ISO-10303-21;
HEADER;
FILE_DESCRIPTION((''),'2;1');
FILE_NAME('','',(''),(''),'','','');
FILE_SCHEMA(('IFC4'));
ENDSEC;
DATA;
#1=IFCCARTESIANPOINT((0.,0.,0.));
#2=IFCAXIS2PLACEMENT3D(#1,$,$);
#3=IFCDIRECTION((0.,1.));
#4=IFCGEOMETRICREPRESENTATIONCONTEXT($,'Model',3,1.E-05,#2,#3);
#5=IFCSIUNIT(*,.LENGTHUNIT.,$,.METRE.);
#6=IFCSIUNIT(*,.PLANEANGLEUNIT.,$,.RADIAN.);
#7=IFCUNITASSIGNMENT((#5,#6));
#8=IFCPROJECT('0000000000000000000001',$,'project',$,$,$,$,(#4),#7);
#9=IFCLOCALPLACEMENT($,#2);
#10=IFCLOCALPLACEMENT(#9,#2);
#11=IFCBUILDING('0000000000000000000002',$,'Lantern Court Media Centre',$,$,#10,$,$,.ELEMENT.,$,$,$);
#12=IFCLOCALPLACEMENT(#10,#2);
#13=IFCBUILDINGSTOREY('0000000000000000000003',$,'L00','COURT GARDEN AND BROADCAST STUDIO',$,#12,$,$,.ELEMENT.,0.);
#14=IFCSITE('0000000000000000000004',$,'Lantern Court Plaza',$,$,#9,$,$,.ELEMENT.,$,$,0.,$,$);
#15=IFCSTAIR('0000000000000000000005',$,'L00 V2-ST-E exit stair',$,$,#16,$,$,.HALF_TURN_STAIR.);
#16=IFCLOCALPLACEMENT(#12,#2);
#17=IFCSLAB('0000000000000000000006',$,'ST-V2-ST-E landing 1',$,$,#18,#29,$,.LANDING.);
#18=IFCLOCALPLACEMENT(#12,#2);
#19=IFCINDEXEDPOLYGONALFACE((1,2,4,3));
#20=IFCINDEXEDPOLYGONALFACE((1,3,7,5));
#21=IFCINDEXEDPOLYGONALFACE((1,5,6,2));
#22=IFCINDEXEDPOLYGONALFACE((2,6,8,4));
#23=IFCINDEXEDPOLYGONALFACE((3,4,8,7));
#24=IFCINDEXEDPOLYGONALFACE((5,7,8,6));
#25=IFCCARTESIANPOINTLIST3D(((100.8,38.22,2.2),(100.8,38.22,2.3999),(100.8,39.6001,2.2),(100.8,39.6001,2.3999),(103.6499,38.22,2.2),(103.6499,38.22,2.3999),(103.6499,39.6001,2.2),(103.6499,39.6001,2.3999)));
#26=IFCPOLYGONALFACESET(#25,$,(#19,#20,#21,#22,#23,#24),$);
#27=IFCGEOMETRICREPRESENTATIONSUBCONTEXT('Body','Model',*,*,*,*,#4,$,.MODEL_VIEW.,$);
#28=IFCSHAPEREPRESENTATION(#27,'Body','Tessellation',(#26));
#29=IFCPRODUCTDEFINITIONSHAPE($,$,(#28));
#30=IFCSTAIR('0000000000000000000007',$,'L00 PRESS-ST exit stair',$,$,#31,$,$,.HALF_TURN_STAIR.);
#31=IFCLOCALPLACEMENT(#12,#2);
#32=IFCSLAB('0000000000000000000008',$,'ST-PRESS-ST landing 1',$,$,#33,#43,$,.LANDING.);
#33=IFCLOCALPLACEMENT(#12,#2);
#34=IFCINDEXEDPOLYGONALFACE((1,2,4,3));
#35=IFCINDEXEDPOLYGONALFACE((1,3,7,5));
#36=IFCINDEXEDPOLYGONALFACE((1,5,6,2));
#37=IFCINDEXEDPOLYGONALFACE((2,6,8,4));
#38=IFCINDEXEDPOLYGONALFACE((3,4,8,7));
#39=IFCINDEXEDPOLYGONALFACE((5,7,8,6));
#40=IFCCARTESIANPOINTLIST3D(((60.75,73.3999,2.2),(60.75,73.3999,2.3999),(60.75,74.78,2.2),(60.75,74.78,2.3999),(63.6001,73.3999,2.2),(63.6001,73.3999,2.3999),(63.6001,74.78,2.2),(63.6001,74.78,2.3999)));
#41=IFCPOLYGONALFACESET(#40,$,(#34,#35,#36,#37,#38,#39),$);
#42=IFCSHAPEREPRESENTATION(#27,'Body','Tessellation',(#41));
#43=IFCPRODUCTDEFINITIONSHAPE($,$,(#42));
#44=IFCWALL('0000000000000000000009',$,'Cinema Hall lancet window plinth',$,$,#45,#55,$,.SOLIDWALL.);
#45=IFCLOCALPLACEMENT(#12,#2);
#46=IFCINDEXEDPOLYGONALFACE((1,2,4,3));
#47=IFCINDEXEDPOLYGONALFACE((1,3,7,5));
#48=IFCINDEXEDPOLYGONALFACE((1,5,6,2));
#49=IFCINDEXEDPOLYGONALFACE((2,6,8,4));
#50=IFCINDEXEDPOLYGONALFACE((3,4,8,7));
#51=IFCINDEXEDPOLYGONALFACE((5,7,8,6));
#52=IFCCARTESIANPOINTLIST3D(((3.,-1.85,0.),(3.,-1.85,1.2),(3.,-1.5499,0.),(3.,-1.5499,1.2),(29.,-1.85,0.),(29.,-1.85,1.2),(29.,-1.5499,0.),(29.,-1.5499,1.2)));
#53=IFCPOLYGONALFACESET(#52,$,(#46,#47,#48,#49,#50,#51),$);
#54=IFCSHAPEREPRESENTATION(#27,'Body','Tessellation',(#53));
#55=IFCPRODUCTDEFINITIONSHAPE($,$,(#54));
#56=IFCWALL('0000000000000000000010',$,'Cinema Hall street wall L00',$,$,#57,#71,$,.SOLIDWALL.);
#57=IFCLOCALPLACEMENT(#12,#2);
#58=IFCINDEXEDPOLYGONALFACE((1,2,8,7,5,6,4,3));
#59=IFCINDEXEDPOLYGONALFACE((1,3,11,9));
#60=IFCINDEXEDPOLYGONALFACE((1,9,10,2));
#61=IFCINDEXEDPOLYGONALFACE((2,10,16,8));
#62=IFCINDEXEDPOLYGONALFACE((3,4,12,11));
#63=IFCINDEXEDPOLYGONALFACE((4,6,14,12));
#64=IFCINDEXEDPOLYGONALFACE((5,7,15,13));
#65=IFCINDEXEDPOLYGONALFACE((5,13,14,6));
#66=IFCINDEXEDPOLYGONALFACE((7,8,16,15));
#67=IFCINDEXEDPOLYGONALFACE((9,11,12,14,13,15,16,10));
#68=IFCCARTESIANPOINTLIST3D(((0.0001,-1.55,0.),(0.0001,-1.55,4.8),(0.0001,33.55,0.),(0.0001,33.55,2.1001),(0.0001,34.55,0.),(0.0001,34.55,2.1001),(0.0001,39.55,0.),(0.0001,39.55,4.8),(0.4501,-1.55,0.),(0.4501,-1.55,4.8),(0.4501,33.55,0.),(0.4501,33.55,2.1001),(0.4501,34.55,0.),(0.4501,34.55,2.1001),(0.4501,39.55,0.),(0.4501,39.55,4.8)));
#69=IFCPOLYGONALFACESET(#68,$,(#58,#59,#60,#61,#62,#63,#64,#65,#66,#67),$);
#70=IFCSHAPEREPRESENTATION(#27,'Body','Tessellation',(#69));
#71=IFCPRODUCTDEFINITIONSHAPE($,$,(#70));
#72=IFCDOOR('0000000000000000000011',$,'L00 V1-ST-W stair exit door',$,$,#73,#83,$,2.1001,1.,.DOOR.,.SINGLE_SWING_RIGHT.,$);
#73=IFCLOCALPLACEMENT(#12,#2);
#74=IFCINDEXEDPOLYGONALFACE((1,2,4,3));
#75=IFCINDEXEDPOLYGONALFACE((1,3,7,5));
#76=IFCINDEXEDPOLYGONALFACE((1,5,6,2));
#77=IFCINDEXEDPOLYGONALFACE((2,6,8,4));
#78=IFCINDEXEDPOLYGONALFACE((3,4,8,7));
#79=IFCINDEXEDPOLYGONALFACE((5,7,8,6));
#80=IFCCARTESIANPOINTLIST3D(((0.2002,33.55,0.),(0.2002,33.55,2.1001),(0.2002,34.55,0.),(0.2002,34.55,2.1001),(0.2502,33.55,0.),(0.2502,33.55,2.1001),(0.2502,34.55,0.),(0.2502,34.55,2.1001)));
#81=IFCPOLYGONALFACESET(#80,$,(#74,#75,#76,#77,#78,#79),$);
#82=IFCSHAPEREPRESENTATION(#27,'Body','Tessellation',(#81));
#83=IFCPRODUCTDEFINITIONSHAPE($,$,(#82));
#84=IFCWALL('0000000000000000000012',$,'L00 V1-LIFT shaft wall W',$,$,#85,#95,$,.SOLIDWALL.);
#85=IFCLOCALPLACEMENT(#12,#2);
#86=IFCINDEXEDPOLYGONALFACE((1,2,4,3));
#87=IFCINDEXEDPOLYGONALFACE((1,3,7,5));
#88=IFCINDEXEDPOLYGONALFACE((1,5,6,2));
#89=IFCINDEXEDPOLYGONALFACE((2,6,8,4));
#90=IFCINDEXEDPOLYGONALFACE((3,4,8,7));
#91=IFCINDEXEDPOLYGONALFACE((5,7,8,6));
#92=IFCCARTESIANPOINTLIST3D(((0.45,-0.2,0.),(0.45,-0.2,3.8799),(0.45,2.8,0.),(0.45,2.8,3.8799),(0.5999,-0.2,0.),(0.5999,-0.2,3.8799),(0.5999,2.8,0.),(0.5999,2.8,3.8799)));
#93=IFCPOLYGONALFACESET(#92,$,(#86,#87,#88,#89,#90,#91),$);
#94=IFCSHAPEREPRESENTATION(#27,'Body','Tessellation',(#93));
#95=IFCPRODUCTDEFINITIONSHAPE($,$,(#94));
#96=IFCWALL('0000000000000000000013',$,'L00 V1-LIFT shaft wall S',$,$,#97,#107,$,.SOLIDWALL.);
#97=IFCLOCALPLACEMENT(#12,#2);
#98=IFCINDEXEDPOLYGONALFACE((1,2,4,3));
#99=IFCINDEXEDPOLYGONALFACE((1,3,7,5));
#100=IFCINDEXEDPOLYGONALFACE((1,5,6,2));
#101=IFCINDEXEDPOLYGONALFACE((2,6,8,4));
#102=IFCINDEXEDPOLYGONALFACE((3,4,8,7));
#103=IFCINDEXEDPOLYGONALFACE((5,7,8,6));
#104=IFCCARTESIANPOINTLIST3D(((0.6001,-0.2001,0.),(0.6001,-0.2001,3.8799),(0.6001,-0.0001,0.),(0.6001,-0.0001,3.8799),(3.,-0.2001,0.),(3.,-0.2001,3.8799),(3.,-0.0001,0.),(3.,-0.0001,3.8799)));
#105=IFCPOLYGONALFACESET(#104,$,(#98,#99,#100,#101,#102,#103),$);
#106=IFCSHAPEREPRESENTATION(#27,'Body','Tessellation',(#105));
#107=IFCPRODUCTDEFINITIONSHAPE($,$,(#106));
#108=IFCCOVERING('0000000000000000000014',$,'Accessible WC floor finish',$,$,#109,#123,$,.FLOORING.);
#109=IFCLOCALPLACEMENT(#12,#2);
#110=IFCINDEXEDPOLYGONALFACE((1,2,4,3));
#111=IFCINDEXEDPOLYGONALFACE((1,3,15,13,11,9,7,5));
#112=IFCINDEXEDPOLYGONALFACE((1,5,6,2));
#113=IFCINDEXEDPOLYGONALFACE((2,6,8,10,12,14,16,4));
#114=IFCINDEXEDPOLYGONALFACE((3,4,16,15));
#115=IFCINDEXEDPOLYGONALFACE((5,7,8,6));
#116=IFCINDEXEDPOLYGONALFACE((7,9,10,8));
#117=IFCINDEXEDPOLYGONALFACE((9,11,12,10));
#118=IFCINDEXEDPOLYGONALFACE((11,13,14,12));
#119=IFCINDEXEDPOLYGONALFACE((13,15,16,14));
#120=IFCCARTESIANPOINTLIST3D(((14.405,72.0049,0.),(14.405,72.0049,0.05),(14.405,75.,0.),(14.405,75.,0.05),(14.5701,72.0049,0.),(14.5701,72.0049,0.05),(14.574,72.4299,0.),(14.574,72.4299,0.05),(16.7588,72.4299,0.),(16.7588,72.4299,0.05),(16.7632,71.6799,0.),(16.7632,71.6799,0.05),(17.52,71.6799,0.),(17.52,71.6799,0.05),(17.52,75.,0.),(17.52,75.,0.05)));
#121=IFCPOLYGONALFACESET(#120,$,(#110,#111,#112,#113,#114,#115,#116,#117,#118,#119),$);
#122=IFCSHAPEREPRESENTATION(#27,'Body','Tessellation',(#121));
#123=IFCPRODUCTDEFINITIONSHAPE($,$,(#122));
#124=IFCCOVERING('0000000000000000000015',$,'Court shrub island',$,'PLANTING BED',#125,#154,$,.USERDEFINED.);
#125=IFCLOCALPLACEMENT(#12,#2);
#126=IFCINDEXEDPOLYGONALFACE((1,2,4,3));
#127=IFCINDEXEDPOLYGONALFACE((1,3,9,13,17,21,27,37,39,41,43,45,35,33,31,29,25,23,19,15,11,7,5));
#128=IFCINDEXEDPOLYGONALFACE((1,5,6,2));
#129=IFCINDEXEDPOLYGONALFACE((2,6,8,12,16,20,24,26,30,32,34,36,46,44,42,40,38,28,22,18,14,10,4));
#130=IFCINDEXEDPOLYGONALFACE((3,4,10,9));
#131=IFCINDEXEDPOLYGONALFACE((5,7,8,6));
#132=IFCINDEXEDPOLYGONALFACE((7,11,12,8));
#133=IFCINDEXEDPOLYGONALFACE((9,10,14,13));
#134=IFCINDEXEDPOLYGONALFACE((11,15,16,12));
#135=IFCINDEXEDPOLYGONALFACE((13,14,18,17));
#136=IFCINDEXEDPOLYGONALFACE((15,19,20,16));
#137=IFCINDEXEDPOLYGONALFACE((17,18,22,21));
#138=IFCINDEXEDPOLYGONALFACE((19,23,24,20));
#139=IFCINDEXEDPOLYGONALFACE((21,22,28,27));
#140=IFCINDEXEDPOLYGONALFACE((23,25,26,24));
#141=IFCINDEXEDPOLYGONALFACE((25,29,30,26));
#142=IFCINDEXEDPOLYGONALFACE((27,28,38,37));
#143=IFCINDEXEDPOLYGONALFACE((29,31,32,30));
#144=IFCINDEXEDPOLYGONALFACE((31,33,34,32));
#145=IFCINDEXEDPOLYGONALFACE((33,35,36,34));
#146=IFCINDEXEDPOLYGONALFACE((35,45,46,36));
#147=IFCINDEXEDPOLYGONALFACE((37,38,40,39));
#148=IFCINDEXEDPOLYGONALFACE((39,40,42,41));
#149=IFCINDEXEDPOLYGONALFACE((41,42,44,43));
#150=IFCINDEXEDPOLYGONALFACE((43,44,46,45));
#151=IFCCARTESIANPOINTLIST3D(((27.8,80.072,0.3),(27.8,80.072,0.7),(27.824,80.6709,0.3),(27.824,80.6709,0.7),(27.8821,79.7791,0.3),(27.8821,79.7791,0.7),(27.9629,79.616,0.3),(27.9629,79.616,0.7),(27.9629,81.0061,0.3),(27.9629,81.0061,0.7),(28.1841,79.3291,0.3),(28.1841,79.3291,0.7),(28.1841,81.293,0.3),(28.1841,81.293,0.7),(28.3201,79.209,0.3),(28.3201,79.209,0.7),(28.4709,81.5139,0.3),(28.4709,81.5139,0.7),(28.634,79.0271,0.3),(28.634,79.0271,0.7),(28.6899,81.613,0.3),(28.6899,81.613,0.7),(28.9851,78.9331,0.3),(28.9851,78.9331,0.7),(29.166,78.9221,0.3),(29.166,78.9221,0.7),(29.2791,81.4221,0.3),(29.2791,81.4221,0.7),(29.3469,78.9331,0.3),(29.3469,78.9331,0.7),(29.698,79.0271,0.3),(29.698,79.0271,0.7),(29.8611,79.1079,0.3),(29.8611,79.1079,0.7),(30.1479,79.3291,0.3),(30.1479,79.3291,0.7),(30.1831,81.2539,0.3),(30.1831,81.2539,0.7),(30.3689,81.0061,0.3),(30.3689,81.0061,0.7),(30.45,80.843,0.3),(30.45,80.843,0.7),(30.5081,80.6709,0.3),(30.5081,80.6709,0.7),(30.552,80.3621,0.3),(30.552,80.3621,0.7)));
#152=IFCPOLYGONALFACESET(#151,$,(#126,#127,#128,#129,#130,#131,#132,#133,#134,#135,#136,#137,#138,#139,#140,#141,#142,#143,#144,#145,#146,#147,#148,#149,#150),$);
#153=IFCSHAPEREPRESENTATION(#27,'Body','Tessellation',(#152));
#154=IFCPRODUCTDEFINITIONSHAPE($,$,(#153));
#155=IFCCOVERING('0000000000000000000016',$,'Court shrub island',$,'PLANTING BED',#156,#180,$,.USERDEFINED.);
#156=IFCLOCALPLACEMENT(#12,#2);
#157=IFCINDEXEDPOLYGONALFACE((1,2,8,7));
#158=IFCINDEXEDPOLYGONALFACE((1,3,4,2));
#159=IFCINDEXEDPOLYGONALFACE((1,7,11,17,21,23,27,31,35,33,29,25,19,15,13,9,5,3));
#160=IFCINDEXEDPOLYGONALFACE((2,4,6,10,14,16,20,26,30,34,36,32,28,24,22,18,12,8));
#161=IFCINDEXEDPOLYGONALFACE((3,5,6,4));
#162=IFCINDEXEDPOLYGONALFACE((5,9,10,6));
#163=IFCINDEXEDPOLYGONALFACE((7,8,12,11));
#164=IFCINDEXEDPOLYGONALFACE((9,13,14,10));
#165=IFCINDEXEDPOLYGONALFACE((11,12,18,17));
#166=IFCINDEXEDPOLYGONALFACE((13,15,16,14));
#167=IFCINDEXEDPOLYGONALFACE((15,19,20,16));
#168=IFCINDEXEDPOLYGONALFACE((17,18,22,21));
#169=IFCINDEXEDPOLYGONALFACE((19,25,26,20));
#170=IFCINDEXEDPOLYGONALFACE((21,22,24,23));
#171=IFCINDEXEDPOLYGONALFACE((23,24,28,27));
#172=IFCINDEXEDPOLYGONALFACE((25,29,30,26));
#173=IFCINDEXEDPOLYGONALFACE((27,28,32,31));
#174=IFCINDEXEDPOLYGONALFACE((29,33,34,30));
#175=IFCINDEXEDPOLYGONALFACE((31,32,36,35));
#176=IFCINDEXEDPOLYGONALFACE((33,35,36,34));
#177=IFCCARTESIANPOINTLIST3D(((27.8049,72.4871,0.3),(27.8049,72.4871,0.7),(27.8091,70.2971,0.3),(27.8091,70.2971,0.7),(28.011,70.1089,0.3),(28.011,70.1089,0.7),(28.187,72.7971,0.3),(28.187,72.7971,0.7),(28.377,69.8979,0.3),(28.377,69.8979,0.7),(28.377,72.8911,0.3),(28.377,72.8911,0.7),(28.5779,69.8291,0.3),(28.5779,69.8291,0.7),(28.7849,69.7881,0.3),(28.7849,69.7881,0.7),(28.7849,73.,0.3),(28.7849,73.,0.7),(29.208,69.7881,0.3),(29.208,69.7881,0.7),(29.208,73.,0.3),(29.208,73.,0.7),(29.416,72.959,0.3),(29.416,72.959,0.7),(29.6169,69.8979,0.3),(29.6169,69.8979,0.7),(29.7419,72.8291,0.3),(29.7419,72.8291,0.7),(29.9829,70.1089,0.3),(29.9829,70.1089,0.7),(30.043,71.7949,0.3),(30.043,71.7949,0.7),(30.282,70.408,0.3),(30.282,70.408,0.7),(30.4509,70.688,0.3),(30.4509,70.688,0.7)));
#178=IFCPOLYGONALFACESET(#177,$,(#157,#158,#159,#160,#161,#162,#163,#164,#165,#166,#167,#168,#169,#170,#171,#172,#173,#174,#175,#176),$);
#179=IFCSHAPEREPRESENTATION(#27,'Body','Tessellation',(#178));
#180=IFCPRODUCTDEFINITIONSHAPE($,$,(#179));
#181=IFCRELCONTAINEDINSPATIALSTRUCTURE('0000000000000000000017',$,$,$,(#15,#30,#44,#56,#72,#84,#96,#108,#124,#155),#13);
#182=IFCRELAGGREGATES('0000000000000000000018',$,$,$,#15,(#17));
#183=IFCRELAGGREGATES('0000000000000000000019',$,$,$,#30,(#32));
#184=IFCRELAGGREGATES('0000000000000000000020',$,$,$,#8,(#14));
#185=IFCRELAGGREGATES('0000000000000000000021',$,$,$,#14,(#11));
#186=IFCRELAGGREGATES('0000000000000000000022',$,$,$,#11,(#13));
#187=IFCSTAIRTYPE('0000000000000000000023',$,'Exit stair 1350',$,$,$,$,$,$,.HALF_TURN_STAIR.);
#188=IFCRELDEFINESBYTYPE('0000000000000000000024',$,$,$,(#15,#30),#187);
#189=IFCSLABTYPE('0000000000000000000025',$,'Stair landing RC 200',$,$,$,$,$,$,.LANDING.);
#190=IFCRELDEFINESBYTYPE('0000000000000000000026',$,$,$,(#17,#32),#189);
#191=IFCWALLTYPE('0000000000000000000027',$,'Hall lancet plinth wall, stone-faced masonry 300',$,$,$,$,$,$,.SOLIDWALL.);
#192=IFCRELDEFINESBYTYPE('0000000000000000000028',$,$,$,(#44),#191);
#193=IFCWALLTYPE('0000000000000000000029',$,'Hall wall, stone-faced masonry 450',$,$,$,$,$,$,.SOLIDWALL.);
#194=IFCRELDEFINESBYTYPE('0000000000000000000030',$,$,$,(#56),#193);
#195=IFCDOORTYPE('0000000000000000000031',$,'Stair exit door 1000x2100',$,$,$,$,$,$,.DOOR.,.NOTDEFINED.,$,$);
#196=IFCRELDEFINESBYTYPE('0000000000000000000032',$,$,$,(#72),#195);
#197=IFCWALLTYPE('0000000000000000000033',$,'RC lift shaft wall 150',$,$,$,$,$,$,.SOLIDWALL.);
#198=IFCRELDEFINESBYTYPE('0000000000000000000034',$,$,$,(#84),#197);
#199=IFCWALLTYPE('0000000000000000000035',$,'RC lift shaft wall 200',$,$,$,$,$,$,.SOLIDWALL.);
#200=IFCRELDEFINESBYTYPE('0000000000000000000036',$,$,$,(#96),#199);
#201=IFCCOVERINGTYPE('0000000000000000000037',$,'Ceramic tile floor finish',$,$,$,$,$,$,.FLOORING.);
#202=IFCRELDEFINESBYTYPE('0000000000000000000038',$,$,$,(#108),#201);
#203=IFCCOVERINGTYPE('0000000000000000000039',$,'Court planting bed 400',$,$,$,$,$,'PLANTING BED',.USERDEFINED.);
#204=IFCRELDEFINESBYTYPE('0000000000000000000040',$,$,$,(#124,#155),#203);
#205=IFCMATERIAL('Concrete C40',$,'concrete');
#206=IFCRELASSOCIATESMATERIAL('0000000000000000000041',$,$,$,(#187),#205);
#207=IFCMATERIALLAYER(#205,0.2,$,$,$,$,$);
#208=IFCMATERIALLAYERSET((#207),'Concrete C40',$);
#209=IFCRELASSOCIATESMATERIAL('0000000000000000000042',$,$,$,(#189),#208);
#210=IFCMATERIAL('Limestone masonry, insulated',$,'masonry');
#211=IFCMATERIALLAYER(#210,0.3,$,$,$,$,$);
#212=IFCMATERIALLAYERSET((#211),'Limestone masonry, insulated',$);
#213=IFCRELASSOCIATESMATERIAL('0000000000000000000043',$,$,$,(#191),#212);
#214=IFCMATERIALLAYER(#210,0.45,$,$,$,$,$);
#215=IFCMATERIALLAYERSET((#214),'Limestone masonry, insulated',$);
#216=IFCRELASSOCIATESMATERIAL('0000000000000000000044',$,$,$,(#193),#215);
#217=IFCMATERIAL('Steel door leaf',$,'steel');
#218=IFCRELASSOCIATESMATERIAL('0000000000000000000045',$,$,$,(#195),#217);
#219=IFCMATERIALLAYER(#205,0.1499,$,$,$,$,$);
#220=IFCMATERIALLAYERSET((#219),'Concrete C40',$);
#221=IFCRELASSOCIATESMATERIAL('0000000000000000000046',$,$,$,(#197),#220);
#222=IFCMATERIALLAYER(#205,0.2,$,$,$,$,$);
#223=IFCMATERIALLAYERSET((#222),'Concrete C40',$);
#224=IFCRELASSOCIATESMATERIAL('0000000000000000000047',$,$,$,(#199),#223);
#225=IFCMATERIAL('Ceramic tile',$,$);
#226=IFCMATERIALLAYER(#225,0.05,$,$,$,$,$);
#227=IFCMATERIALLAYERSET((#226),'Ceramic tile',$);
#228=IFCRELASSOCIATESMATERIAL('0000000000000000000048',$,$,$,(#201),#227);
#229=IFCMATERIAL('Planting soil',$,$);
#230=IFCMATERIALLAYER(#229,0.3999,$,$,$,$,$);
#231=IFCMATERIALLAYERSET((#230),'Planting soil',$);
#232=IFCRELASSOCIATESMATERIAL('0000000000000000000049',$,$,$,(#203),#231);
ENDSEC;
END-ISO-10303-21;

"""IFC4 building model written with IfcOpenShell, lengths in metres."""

from ifc_helpers import new_model, si_unit, direction, frame, frame_2d, origin, place, context, subcontext, project, spatial, polyline, rectangle, outline, extrude, material, layer, layer_set, type_object, element, fill, aggregate, save


model = new_model("IFC4")

# Units and contexts
model_context = context("Model", 3, precision=1e-05, world=origin(), true_north=direction((0.0, 1.0)))
body_context = subcontext(model_context, "Body", "Model", "MODEL_VIEW")
ifc_project = project(units=[si_unit("LENGTHUNIT", "METRE"), si_unit("PLANEANGLEUNIT", "RADIAN")], contexts=[model_context])

# Site, building, storey
site_placement = place(None, origin())
site = spatial("IfcSite", under=ifc_project, at=site_placement, Name="Lantern Court Plaza", CompositionType="ELEMENT", RefElevation=0.0)
building_placement = place(site_placement, origin())
building = spatial("IfcBuilding", under=site, at=building_placement, Name="Lantern Court Media Centre", CompositionType="ELEMENT")
storey_placement = place(building_placement, origin())
storey = spatial("IfcBuildingStorey", under=building, at=storey_placement, Name="L00", Description="COURT GARDEN AND BROADCAST STUDIO", CompositionType="ELEMENT", Elevation=0.0)

# Stairs, slabs
ifc_material_1 = material(Name="Concrete C40", Category="concrete")
stair_type = type_object("IfcStairType", Name="Exit stair 1350", PredefinedType="HALF_TURN_STAIR", material=ifc_material_1)
ifc_layer_1 = layer(ifc_material_1, 0.2)
ifc_layer_set_1 = layer_set([ifc_layer_1], Name="Concrete C40")
slab_type = type_object("IfcSlabType", Name="Stair landing RC 200", PredefinedType="LANDING", material=ifc_layer_set_1)
stair_1_placement = place(storey_placement, origin())
stair_1 = element("IfcStair", 1, at=stair_1_placement, inside=storey, type_object=stair_type, Name="L00 V2-ST-E exit stair", PredefinedType="HALF_TURN_STAIR")
slab_1_placement = place(storey_placement, frame((0.0, 0.0, 2.2)))
slab_1 = element("IfcSlab", 2, at=slab_1_placement, type_object=slab_type, Name="ST-V2-ST-E landing 1", PredefinedType="LANDING", context=body_context, shape_type="SweptSolid", body=[
    extrude(outline(polyline([(103.6499, 38.22), (103.6499, 39.6001), (100.8, 39.6001), (100.8, 38.22), (103.6499, 38.22)])), origin(), (0.0, 0.0, 1.0), 0.2),
])
aggregate(stair_1, [slab_1])
stair_2_placement = place(storey_placement, origin())
stair_2 = element("IfcStair", 3, at=stair_2_placement, inside=storey, type_object=stair_type, Name="L00 PRESS-ST exit stair", PredefinedType="HALF_TURN_STAIR")
slab_2_placement = place(storey_placement, frame((0.0, 0.0, 2.2)))
slab_2 = element("IfcSlab", 4, at=slab_2_placement, type_object=slab_type, Name="ST-PRESS-ST landing 1", PredefinedType="LANDING", context=body_context, shape_type="SweptSolid", body=[
    extrude(outline(polyline([(60.75, 74.78), (60.75, 73.3999), (63.6001, 73.3999), (63.6001, 74.78), (60.75, 74.78)])), origin(), (0.0, 0.0, 1.0), 0.2),
])
aggregate(stair_2, [slab_2])

# Wall
ifc_material_2 = material(Name="Limestone masonry, insulated", Category="masonry")
ifc_layer_2 = layer(ifc_material_2, 0.3)
ifc_layer_set_2 = layer_set([ifc_layer_2], Name="Limestone masonry, insulated")
wall_type_1 = type_object("IfcWallType", Name="Hall lancet plinth wall, stone-faced masonry 300", PredefinedType="SOLIDWALL", material=ifc_layer_set_2)
wall_1_placement = place(storey_placement, frame((3.0, -1.7, 0.0), z_axis=(0.0, 0.0, 1.0), x_axis=(1.0, 0.0, 0.0)))
element("IfcWall", 5, at=wall_1_placement, inside=storey, type_object=wall_type_1, Name="Cinema Hall lancet window plinth", PredefinedType="SOLIDWALL", context=body_context, shape_type="SweptSolid", body=[
    extrude(rectangle(XDim=26.0, YDim=0.3, at=frame_2d((13.0, 0.0))), origin(), (0.0, 0.0, 1.0), 1.2),
])

# Wall, opening, door
ifc_layer_3 = layer(ifc_material_2, 0.45)
ifc_layer_set_3 = layer_set([ifc_layer_3], Name="Limestone masonry, insulated")
wall_type_2 = type_object("IfcWallType", Name="Hall wall, stone-faced masonry 450", PredefinedType="SOLIDWALL", material=ifc_layer_set_3)
wall_2_placement = place(storey_placement, frame((0.2251, -1.55, 0.0), z_axis=(0.0, 0.0, 1.0), x_axis=(0.0, 1.0, 0.0)))
wall_2 = element("IfcWall", 6, at=wall_2_placement, inside=storey, type_object=wall_type_2, Name="Cinema Hall street wall L00", PredefinedType="SOLIDWALL", context=body_context, shape_type="SweptSolid", body=[
    extrude(rectangle(XDim=41.1001, YDim=0.45, at=frame_2d((20.55, 0.0))), origin(), (0.0, 0.0, 1.0), 4.8),
])
opening_placement = place(wall_2_placement, frame((35.1001, 0.0, 0.0)))
opening = element("IfcOpeningElement", 7, at=opening_placement, cuts=wall_2, PredefinedType="OPENING", context=body_context, shape_type="SweptSolid", body=[
    extrude(rectangle(XDim=1.0, YDim=2.1001, at=frame_2d((0.5, 1.05))), frame((0.0, 0.2349, 0.0), z_axis=(0.0, -1.0, 0.0), x_axis=(1.0, 0.0, 0.0)), (0.0, 0.0, 1.0), 0.47),
])
ifc_material_3 = material(Name="Steel door leaf", Category="steel")
door_type = type_object("IfcDoorType", Name="Stair exit door 1000x2100", OperationType="NOTDEFINED", PredefinedType="DOOR", material=ifc_material_3)
door_placement = place(opening_placement, origin())
door = element("IfcDoor", 8, at=door_placement, inside=storey, type_object=door_type, Name="L00 V1-ST-W stair exit door", OperationType="SINGLE_SWING_RIGHT", OverallHeight=2.1001, OverallWidth=1.0, PredefinedType="DOOR", context=body_context, shape_type="SweptSolid", body=[
    extrude(rectangle(XDim=1.0, YDim=2.1001, at=frame_2d((0.5, 1.05))), frame((0.0, 0.0249, 0.0), z_axis=(0.0, -1.0, 0.0), x_axis=(1.0, 0.0, 0.0)), (0.0, 0.0, 1.0), 0.05),
])
fill(opening, door)

# Walls
ifc_layer_4 = layer(ifc_material_1, 0.1499)
ifc_layer_set_4 = layer_set([ifc_layer_4], Name="Concrete C40")
wall_type_3 = type_object("IfcWallType", Name="RC lift shaft wall 150", PredefinedType="SOLIDWALL", material=ifc_layer_set_4)
wall_3_placement = place(storey_placement, frame((0.5249, -0.2, 0.0), z_axis=(0.0, 0.0, 1.0), x_axis=(0.0, 1.0, 0.0)))
element("IfcWall", 9, at=wall_3_placement, inside=storey, type_object=wall_type_3, Name="L00 V1-LIFT shaft wall W", PredefinedType="SOLIDWALL", context=body_context, shape_type="SweptSolid", body=[
    extrude(rectangle(XDim=3.0, YDim=0.1499, at=frame_2d((1.5, 0.0))), origin(), (0.0, 0.0, 1.0), 3.8799),
])
ifc_layer_5 = layer(ifc_material_1, 0.2)
ifc_layer_set_5 = layer_set([ifc_layer_5], Name="Concrete C40")
wall_type_4 = type_object("IfcWallType", Name="RC lift shaft wall 200", PredefinedType="SOLIDWALL", material=ifc_layer_set_5)
wall_4_placement = place(storey_placement, frame((0.6001, -0.1001, 0.0), z_axis=(0.0, 0.0, 1.0), x_axis=(1.0, 0.0, 0.0)))
element("IfcWall", 10, at=wall_4_placement, inside=storey, type_object=wall_type_4, Name="L00 V1-LIFT shaft wall S", PredefinedType="SOLIDWALL", context=body_context, shape_type="SweptSolid", body=[
    extrude(rectangle(XDim=2.3999, YDim=0.2, at=frame_2d((1.2, 0.0))), origin(), (0.0, 0.0, 1.0), 3.8799),
])

# Coverings
ifc_material_4 = material(Name="Ceramic tile")
ifc_layer_6 = layer(ifc_material_4, 0.05)
ifc_layer_set_6 = layer_set([ifc_layer_6], Name="Ceramic tile")
covering_type_1 = type_object("IfcCoveringType", Name="Ceramic tile floor finish", PredefinedType="FLOORING", material=ifc_layer_set_6)
covering_1_placement = place(storey_placement, origin())
element("IfcCovering", 11, at=covering_1_placement, inside=storey, type_object=covering_type_1, Name="Accessible WC floor finish", PredefinedType="FLOORING", context=body_context, shape_type="SweptSolid", body=[
    extrude(outline(polyline([(17.52, 75.0), (17.52, 71.6799), (16.7632, 71.6799), (16.7588, 72.4299), (14.574, 72.4299), (14.5701, 72.0049), (14.405, 72.0049), (14.405, 75.0), (17.52, 75.0)])), origin(), (0.0, 0.0, 1.0), 0.05),
])
ifc_material_5 = material(Name="Planting soil")
ifc_layer_7 = layer(ifc_material_5, 0.3999)
ifc_layer_set_7 = layer_set([ifc_layer_7], Name="Planting soil")
covering_type_2 = type_object("IfcCoveringType", Name="Court planting bed 400", ElementType="PLANTING BED", PredefinedType="USERDEFINED", material=ifc_layer_set_7)
covering_2_placement = place(storey_placement, frame((0.0, 0.0, 0.3)))
element("IfcCovering", 12, at=covering_2_placement, inside=storey, type_object=covering_type_2, Name="Court shrub island", ObjectType="PLANTING BED", PredefinedType="USERDEFINED", context=body_context, shape_type="SweptSolid", body=[
    extrude(outline(polyline([(29.8611, 79.1079), (29.698, 79.0271), (29.3469, 78.9331), (29.166, 78.9221), (28.9851, 78.9331), (28.634, 79.0271), (28.3201, 79.209), (28.1841, 79.3291), (27.9629, 79.616), (27.8821, 79.7791), (27.8, 80.072), (27.824, 80.6709), (27.9629, 81.0061), (28.1841, 81.293), (28.4709, 81.5139), (28.6899, 81.613), (29.2791, 81.4221), (30.1831, 81.2539), (30.3689, 81.0061), (30.45, 80.843), (30.5081, 80.6709), (30.552, 80.3621), (30.1479, 79.3291), (29.8611, 79.1079)])), origin(), (0.0, 0.0, 1.0), 0.3999),
])
covering_3_placement = place(storey_placement, frame((0.0, 0.0, 0.3)))
element("IfcCovering", 13, at=covering_3_placement, inside=storey, type_object=covering_type_2, Name="Court shrub island", ObjectType="PLANTING BED", PredefinedType="USERDEFINED", context=body_context, shape_type="SweptSolid", body=[
    extrude(outline(polyline([(30.282, 70.408), (29.9829, 70.1089), (29.6169, 69.8979), (29.208, 69.7881), (28.7849, 69.7881), (28.5779, 69.8291), (28.377, 69.8979), (28.011, 70.1089), (27.8091, 70.2971), (27.8049, 72.4871), (28.187, 72.7971), (28.377, 72.8911), (28.7849, 73.0), (29.208, 73.0), (29.416, 72.959), (29.7419, 72.8291), (30.043, 71.7949), (30.4509, 70.688), (30.282, 70.408)])), origin(), (0.0, 0.0, 1.0), 0.3999),
])

save(model, "model.ifc")
